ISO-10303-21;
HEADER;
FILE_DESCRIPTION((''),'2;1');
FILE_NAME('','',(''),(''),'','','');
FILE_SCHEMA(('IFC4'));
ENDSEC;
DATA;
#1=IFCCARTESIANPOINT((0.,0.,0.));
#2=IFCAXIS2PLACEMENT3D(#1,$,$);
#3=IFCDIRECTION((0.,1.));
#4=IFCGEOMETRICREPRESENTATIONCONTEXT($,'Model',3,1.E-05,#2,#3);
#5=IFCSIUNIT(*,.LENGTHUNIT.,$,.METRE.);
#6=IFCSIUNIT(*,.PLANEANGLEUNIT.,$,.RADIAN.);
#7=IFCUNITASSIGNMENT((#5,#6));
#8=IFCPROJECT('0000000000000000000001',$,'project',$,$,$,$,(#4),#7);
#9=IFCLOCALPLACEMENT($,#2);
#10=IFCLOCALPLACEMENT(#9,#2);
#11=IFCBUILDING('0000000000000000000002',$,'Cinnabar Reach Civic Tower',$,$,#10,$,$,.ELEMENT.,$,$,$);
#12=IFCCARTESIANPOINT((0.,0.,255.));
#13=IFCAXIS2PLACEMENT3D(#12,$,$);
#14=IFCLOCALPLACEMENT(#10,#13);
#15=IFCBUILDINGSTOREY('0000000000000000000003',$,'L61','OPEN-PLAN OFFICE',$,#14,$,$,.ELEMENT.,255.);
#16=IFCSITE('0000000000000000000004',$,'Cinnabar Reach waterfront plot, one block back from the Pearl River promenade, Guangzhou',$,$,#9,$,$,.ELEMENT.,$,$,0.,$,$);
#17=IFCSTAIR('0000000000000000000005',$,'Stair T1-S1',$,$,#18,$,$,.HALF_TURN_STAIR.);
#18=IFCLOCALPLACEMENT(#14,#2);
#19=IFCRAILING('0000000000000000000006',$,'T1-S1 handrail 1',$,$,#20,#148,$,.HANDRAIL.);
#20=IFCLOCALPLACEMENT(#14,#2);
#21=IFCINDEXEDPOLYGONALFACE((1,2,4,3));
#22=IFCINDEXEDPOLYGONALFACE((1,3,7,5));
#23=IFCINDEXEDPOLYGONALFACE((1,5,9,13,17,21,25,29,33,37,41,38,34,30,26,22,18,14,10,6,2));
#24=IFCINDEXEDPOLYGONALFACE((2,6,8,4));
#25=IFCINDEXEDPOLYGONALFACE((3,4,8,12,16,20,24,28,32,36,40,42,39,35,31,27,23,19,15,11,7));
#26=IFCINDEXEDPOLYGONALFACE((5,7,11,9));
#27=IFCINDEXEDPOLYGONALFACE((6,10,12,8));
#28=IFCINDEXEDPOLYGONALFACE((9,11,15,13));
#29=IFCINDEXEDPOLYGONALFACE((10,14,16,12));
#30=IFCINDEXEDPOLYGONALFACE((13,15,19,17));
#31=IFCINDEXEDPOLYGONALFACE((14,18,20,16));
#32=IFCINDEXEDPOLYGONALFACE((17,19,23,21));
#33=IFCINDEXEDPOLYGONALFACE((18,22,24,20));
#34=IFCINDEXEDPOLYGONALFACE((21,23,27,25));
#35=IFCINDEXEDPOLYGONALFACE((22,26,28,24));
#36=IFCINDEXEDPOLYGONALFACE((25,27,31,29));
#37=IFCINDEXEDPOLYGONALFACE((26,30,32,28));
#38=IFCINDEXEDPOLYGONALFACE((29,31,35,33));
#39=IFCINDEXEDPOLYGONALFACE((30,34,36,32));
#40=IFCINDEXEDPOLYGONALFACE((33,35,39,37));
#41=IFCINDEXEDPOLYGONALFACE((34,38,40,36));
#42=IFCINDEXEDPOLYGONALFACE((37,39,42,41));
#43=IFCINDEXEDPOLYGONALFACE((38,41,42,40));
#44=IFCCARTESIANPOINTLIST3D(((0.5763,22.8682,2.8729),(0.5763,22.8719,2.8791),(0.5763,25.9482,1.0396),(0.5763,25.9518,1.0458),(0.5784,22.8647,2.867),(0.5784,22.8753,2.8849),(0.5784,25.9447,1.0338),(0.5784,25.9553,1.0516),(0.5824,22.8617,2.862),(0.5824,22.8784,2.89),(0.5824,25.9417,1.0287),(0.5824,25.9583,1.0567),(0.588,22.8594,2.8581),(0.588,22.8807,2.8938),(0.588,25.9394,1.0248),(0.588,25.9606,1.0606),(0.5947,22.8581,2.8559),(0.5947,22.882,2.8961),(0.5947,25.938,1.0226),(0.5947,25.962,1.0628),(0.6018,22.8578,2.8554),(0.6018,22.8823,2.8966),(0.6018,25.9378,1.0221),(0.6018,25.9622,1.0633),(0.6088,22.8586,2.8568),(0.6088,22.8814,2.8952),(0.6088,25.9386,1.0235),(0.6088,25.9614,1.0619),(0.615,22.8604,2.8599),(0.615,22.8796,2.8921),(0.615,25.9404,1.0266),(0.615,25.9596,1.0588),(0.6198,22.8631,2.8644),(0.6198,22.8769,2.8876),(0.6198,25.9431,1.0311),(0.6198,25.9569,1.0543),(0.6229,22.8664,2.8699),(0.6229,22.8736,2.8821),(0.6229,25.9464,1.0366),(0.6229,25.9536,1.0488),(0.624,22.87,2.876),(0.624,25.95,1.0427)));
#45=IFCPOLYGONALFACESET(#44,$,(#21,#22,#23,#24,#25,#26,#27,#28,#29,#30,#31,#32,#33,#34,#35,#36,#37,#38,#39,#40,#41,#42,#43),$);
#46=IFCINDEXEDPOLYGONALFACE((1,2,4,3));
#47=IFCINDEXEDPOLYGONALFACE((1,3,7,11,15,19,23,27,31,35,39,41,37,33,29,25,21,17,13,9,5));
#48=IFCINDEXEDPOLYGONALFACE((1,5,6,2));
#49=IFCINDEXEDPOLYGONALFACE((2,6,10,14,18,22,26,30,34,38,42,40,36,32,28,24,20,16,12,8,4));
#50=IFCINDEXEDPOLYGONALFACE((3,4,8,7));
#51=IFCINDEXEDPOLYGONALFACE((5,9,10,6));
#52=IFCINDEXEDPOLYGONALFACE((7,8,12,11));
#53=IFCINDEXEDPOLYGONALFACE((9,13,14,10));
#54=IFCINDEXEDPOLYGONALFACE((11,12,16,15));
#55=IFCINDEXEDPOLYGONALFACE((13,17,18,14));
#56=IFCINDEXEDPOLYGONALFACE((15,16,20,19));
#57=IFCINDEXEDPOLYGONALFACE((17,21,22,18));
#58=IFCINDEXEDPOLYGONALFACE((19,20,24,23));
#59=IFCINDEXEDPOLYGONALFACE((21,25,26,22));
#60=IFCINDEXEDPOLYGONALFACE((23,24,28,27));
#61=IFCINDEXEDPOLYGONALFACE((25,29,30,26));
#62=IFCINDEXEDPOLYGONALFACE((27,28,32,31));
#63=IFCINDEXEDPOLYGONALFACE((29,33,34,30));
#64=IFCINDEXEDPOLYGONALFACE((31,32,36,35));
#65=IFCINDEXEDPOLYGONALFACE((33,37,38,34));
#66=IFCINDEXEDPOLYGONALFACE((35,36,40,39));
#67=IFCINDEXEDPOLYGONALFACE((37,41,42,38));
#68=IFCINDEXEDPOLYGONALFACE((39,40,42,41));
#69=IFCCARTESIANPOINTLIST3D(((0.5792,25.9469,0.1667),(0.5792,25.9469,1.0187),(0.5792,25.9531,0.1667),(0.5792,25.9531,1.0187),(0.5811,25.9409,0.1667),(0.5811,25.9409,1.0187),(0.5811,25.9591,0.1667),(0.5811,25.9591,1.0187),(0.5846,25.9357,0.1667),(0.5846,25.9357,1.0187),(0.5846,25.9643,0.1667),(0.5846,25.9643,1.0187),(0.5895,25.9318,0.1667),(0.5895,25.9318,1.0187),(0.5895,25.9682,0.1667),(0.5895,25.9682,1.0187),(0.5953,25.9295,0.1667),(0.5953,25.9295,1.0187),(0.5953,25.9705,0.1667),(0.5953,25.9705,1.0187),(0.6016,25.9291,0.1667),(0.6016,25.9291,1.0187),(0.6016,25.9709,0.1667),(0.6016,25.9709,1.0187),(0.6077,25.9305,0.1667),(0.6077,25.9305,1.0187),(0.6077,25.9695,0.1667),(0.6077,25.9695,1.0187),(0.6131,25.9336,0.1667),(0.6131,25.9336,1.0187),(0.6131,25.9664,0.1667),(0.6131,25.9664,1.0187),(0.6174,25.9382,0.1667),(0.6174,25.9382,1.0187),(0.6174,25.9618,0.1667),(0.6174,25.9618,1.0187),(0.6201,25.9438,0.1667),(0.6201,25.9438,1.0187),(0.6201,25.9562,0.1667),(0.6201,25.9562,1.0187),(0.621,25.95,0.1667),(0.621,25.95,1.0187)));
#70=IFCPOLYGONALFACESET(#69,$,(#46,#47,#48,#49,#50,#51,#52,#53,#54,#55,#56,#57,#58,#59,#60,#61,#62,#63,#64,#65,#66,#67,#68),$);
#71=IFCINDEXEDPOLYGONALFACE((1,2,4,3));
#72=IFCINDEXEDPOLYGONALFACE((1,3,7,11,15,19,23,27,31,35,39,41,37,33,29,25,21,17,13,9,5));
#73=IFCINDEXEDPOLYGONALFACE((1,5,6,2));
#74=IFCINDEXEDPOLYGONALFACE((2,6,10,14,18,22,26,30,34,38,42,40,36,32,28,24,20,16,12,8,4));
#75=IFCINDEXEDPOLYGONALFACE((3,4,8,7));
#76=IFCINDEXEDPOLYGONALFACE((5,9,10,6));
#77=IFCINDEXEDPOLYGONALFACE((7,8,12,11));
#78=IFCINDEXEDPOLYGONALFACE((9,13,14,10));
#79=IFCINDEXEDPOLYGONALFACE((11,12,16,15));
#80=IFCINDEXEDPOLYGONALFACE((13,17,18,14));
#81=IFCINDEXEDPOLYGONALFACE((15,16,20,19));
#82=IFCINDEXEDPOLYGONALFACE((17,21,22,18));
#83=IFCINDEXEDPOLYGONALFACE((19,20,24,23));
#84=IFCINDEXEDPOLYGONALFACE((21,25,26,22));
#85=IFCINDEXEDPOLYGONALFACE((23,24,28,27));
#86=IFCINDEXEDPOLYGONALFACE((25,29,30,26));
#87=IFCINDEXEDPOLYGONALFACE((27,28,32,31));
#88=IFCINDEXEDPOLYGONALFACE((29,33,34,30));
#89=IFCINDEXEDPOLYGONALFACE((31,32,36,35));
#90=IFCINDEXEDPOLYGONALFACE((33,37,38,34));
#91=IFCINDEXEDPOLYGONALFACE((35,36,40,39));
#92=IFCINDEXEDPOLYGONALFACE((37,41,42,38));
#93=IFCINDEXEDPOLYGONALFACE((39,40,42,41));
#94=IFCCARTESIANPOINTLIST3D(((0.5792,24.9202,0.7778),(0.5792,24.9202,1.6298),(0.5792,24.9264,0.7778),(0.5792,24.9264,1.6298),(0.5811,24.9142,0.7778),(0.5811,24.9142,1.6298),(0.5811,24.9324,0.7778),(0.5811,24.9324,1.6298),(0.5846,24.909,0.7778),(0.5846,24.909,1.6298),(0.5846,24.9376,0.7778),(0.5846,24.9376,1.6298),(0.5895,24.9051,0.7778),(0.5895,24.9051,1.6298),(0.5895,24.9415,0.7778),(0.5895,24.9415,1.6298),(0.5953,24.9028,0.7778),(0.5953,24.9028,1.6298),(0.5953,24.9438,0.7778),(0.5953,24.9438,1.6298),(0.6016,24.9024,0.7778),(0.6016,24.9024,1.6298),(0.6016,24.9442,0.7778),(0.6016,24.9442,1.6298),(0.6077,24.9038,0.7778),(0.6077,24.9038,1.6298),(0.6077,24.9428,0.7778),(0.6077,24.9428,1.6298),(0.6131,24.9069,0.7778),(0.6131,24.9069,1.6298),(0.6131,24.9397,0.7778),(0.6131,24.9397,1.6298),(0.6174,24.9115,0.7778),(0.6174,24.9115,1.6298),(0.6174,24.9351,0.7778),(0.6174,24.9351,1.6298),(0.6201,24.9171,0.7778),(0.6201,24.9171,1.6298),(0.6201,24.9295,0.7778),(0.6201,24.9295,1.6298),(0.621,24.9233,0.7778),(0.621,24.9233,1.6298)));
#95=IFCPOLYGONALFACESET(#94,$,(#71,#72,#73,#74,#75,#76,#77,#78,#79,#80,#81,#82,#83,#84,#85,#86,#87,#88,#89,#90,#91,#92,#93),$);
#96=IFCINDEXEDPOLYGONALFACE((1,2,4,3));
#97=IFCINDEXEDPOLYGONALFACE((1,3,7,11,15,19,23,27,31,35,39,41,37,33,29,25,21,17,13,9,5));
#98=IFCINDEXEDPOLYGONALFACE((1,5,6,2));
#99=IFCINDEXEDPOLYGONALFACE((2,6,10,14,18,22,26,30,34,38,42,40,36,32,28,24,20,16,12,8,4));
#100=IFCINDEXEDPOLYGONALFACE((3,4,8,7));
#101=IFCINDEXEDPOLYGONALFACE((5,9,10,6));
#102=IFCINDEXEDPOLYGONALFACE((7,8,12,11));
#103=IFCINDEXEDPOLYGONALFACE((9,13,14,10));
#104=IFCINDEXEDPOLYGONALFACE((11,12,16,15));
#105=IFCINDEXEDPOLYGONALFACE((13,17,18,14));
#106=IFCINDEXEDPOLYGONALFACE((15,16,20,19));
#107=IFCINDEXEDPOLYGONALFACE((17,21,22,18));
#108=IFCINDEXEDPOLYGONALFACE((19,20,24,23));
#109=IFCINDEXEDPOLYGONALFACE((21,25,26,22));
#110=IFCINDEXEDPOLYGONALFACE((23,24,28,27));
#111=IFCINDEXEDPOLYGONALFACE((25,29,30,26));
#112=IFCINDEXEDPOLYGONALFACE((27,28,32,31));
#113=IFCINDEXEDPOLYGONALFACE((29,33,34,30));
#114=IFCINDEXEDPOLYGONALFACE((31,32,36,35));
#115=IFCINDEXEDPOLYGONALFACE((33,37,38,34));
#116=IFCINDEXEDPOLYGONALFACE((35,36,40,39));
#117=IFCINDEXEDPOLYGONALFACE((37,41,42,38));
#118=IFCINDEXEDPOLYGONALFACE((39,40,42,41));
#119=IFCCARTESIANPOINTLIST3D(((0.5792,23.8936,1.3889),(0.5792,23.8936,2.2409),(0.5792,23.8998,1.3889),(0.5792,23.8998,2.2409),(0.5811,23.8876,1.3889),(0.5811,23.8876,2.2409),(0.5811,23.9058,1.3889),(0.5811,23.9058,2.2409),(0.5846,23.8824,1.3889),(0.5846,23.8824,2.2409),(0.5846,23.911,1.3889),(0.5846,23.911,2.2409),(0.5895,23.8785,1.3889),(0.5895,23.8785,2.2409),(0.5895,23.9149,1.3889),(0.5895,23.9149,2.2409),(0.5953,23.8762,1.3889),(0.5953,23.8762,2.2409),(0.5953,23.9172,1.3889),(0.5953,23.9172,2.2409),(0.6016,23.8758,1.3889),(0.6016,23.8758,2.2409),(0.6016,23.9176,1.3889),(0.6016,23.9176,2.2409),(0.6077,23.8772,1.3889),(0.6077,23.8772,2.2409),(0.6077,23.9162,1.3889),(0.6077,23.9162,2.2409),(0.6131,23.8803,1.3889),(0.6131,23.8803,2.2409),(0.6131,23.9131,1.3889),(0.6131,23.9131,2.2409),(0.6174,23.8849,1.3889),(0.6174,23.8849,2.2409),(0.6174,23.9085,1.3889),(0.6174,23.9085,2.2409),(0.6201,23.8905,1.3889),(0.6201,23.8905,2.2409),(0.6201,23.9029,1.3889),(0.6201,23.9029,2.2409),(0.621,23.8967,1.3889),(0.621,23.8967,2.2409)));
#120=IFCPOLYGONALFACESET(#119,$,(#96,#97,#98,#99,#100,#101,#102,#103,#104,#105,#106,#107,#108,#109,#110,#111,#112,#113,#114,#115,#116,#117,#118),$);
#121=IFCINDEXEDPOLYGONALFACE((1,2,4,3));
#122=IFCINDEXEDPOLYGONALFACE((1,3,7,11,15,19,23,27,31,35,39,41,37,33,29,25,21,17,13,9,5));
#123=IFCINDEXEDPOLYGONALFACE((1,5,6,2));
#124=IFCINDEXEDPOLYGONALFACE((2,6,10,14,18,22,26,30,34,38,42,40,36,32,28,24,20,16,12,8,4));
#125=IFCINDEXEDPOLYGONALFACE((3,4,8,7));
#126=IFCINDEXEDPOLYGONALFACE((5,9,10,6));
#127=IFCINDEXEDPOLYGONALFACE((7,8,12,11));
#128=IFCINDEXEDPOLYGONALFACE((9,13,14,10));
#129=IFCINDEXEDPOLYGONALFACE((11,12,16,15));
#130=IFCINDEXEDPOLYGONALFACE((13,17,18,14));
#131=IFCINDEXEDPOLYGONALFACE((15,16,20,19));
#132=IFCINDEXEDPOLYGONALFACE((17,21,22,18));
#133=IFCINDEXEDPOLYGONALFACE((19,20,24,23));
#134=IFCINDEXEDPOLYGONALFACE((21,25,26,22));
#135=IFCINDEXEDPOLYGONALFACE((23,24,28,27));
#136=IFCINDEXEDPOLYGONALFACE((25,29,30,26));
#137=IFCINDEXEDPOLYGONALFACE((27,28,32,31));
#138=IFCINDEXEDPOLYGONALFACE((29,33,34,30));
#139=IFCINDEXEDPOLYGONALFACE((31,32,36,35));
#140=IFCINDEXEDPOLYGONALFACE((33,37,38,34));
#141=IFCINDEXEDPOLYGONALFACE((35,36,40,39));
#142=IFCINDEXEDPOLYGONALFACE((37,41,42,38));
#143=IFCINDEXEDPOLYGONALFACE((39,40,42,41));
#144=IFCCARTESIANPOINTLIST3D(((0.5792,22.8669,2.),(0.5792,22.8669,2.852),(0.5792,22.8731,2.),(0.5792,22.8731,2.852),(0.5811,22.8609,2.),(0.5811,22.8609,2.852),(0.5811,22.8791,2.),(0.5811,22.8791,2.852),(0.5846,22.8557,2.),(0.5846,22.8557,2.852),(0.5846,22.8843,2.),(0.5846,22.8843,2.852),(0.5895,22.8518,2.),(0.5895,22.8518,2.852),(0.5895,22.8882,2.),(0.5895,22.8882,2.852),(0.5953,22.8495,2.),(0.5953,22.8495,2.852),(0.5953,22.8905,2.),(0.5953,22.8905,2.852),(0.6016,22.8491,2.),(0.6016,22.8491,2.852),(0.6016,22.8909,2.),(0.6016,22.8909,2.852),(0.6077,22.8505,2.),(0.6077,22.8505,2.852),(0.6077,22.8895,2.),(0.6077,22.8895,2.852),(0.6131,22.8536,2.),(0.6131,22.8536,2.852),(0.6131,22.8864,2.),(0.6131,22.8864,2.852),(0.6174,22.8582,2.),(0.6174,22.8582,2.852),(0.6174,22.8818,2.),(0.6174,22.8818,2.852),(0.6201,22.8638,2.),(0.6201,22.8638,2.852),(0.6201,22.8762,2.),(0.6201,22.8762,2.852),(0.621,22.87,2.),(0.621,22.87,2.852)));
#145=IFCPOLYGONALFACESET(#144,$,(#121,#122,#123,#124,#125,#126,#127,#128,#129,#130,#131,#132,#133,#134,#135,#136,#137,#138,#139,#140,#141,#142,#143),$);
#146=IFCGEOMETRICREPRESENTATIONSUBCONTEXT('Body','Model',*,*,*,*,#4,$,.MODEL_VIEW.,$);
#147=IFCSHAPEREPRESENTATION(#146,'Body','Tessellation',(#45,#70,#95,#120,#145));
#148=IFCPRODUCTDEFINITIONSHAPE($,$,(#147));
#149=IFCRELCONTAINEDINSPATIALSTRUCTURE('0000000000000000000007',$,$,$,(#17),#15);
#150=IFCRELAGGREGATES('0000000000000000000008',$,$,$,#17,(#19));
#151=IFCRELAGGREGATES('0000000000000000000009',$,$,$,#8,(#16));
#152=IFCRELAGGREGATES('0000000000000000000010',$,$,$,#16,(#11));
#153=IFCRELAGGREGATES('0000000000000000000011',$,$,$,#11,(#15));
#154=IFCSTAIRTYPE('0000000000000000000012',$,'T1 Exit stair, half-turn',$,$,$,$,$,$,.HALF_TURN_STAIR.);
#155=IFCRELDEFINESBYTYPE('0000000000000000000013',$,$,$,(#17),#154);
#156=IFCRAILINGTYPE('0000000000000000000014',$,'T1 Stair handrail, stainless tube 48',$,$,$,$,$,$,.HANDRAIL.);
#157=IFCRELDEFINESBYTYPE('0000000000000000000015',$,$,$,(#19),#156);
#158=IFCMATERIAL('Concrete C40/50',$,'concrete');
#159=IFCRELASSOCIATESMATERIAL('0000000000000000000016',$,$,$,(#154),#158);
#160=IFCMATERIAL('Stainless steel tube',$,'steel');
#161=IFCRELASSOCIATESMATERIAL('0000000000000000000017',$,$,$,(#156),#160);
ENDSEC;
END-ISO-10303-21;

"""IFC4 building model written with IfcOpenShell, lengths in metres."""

from ifc_helpers import new_model, si_unit, direction, frame, origin, origin_2d, place, context, subcontext, project, spatial, circle, extrude, material, type_object, element, aggregate, save


model = new_model("IFC4")

# Units and contexts
model_context = context("Model", 3, precision=1e-05, world=origin(), true_north=direction((0.0, 1.0)))
body_context = subcontext(model_context, "Body", "Model", "MODEL_VIEW")
ifc_project = project(units=[si_unit("LENGTHUNIT", "METRE"), si_unit("PLANEANGLEUNIT", "RADIAN")], contexts=[model_context])

# Site, building, storey
site_placement = place(None, origin())
site = spatial("IfcSite", under=ifc_project, at=site_placement, Name="Cinnabar Reach waterfront plot, one block back from the Pearl River promenade, Guangzhou", CompositionType="ELEMENT", RefElevation=0.0)
building_placement = place(site_placement, origin())
building = spatial("IfcBuilding", under=site, at=building_placement, Name="Cinnabar Reach Civic Tower", CompositionType="ELEMENT")
storey_placement = place(building_placement, frame((0.0, 0.0, 255.0)))
storey = spatial("IfcBuildingStorey", under=building, at=storey_placement, Name="L61", Description="OPEN-PLAN OFFICE", CompositionType="ELEMENT", Elevation=255.0)

# Shared definitions
ifc_material_1 = material(Name="Concrete C40/50", Category="concrete")

# Stair, railing
stair_type = type_object("IfcStairType", Name="T1 Exit stair, half-turn", PredefinedType="HALF_TURN_STAIR", material=ifc_material_1)
stair_placement = place(storey_placement, origin())
stair = element("IfcStair", 1, at=stair_placement, inside=storey, type_object=stair_type, Name="Stair T1-S1", PredefinedType="HALF_TURN_STAIR")
ifc_material_2 = material(Name="Stainless steel tube", Category="steel")
railing_type = type_object("IfcRailingType", Name="T1 Stair handrail, stainless tube 48", PredefinedType="HANDRAIL", material=ifc_material_2)
railing_1_placement = place(storey_placement, frame((0.6, 25.95, 0.1667)))
railing_1 = element("IfcRailing", 2, at=railing_1_placement, type_object=railing_type, Name="T1-S1 handrail 1", PredefinedType="HANDRAIL", context=body_context, shape_type="SweptSolid", body=[
    extrude(circle(Radius=0.024, at=origin_2d()), frame((0.0, 0.0, 0.876), z_axis=(0.0, -0.859297, 0.511477), x_axis=(1.0, 0.0, 0.0)), (0.0, 0.0, 1.0), 3.5843),
    extrude(circle(Radius=0.021, at=origin_2d()), origin(), (0.0, 0.0, 1.0), 0.852),
    extrude(circle(Radius=0.021, at=origin_2d()), frame((0.0, -1.0267, 0.6111)), (0.0, 0.0, 1.0), 0.852),
    extrude(circle(Radius=0.021, at=origin_2d()), frame((0.0, -2.0533, 1.2222)), (0.0, 0.0, 1.0), 0.852),
    extrude(circle(Radius=0.021, at=origin_2d()), frame((0.0, -3.08, 1.8333)), (0.0, 0.0, 1.0), 0.852),
])
aggregate(stair, [railing_1])

save(model, "model.ifc")
